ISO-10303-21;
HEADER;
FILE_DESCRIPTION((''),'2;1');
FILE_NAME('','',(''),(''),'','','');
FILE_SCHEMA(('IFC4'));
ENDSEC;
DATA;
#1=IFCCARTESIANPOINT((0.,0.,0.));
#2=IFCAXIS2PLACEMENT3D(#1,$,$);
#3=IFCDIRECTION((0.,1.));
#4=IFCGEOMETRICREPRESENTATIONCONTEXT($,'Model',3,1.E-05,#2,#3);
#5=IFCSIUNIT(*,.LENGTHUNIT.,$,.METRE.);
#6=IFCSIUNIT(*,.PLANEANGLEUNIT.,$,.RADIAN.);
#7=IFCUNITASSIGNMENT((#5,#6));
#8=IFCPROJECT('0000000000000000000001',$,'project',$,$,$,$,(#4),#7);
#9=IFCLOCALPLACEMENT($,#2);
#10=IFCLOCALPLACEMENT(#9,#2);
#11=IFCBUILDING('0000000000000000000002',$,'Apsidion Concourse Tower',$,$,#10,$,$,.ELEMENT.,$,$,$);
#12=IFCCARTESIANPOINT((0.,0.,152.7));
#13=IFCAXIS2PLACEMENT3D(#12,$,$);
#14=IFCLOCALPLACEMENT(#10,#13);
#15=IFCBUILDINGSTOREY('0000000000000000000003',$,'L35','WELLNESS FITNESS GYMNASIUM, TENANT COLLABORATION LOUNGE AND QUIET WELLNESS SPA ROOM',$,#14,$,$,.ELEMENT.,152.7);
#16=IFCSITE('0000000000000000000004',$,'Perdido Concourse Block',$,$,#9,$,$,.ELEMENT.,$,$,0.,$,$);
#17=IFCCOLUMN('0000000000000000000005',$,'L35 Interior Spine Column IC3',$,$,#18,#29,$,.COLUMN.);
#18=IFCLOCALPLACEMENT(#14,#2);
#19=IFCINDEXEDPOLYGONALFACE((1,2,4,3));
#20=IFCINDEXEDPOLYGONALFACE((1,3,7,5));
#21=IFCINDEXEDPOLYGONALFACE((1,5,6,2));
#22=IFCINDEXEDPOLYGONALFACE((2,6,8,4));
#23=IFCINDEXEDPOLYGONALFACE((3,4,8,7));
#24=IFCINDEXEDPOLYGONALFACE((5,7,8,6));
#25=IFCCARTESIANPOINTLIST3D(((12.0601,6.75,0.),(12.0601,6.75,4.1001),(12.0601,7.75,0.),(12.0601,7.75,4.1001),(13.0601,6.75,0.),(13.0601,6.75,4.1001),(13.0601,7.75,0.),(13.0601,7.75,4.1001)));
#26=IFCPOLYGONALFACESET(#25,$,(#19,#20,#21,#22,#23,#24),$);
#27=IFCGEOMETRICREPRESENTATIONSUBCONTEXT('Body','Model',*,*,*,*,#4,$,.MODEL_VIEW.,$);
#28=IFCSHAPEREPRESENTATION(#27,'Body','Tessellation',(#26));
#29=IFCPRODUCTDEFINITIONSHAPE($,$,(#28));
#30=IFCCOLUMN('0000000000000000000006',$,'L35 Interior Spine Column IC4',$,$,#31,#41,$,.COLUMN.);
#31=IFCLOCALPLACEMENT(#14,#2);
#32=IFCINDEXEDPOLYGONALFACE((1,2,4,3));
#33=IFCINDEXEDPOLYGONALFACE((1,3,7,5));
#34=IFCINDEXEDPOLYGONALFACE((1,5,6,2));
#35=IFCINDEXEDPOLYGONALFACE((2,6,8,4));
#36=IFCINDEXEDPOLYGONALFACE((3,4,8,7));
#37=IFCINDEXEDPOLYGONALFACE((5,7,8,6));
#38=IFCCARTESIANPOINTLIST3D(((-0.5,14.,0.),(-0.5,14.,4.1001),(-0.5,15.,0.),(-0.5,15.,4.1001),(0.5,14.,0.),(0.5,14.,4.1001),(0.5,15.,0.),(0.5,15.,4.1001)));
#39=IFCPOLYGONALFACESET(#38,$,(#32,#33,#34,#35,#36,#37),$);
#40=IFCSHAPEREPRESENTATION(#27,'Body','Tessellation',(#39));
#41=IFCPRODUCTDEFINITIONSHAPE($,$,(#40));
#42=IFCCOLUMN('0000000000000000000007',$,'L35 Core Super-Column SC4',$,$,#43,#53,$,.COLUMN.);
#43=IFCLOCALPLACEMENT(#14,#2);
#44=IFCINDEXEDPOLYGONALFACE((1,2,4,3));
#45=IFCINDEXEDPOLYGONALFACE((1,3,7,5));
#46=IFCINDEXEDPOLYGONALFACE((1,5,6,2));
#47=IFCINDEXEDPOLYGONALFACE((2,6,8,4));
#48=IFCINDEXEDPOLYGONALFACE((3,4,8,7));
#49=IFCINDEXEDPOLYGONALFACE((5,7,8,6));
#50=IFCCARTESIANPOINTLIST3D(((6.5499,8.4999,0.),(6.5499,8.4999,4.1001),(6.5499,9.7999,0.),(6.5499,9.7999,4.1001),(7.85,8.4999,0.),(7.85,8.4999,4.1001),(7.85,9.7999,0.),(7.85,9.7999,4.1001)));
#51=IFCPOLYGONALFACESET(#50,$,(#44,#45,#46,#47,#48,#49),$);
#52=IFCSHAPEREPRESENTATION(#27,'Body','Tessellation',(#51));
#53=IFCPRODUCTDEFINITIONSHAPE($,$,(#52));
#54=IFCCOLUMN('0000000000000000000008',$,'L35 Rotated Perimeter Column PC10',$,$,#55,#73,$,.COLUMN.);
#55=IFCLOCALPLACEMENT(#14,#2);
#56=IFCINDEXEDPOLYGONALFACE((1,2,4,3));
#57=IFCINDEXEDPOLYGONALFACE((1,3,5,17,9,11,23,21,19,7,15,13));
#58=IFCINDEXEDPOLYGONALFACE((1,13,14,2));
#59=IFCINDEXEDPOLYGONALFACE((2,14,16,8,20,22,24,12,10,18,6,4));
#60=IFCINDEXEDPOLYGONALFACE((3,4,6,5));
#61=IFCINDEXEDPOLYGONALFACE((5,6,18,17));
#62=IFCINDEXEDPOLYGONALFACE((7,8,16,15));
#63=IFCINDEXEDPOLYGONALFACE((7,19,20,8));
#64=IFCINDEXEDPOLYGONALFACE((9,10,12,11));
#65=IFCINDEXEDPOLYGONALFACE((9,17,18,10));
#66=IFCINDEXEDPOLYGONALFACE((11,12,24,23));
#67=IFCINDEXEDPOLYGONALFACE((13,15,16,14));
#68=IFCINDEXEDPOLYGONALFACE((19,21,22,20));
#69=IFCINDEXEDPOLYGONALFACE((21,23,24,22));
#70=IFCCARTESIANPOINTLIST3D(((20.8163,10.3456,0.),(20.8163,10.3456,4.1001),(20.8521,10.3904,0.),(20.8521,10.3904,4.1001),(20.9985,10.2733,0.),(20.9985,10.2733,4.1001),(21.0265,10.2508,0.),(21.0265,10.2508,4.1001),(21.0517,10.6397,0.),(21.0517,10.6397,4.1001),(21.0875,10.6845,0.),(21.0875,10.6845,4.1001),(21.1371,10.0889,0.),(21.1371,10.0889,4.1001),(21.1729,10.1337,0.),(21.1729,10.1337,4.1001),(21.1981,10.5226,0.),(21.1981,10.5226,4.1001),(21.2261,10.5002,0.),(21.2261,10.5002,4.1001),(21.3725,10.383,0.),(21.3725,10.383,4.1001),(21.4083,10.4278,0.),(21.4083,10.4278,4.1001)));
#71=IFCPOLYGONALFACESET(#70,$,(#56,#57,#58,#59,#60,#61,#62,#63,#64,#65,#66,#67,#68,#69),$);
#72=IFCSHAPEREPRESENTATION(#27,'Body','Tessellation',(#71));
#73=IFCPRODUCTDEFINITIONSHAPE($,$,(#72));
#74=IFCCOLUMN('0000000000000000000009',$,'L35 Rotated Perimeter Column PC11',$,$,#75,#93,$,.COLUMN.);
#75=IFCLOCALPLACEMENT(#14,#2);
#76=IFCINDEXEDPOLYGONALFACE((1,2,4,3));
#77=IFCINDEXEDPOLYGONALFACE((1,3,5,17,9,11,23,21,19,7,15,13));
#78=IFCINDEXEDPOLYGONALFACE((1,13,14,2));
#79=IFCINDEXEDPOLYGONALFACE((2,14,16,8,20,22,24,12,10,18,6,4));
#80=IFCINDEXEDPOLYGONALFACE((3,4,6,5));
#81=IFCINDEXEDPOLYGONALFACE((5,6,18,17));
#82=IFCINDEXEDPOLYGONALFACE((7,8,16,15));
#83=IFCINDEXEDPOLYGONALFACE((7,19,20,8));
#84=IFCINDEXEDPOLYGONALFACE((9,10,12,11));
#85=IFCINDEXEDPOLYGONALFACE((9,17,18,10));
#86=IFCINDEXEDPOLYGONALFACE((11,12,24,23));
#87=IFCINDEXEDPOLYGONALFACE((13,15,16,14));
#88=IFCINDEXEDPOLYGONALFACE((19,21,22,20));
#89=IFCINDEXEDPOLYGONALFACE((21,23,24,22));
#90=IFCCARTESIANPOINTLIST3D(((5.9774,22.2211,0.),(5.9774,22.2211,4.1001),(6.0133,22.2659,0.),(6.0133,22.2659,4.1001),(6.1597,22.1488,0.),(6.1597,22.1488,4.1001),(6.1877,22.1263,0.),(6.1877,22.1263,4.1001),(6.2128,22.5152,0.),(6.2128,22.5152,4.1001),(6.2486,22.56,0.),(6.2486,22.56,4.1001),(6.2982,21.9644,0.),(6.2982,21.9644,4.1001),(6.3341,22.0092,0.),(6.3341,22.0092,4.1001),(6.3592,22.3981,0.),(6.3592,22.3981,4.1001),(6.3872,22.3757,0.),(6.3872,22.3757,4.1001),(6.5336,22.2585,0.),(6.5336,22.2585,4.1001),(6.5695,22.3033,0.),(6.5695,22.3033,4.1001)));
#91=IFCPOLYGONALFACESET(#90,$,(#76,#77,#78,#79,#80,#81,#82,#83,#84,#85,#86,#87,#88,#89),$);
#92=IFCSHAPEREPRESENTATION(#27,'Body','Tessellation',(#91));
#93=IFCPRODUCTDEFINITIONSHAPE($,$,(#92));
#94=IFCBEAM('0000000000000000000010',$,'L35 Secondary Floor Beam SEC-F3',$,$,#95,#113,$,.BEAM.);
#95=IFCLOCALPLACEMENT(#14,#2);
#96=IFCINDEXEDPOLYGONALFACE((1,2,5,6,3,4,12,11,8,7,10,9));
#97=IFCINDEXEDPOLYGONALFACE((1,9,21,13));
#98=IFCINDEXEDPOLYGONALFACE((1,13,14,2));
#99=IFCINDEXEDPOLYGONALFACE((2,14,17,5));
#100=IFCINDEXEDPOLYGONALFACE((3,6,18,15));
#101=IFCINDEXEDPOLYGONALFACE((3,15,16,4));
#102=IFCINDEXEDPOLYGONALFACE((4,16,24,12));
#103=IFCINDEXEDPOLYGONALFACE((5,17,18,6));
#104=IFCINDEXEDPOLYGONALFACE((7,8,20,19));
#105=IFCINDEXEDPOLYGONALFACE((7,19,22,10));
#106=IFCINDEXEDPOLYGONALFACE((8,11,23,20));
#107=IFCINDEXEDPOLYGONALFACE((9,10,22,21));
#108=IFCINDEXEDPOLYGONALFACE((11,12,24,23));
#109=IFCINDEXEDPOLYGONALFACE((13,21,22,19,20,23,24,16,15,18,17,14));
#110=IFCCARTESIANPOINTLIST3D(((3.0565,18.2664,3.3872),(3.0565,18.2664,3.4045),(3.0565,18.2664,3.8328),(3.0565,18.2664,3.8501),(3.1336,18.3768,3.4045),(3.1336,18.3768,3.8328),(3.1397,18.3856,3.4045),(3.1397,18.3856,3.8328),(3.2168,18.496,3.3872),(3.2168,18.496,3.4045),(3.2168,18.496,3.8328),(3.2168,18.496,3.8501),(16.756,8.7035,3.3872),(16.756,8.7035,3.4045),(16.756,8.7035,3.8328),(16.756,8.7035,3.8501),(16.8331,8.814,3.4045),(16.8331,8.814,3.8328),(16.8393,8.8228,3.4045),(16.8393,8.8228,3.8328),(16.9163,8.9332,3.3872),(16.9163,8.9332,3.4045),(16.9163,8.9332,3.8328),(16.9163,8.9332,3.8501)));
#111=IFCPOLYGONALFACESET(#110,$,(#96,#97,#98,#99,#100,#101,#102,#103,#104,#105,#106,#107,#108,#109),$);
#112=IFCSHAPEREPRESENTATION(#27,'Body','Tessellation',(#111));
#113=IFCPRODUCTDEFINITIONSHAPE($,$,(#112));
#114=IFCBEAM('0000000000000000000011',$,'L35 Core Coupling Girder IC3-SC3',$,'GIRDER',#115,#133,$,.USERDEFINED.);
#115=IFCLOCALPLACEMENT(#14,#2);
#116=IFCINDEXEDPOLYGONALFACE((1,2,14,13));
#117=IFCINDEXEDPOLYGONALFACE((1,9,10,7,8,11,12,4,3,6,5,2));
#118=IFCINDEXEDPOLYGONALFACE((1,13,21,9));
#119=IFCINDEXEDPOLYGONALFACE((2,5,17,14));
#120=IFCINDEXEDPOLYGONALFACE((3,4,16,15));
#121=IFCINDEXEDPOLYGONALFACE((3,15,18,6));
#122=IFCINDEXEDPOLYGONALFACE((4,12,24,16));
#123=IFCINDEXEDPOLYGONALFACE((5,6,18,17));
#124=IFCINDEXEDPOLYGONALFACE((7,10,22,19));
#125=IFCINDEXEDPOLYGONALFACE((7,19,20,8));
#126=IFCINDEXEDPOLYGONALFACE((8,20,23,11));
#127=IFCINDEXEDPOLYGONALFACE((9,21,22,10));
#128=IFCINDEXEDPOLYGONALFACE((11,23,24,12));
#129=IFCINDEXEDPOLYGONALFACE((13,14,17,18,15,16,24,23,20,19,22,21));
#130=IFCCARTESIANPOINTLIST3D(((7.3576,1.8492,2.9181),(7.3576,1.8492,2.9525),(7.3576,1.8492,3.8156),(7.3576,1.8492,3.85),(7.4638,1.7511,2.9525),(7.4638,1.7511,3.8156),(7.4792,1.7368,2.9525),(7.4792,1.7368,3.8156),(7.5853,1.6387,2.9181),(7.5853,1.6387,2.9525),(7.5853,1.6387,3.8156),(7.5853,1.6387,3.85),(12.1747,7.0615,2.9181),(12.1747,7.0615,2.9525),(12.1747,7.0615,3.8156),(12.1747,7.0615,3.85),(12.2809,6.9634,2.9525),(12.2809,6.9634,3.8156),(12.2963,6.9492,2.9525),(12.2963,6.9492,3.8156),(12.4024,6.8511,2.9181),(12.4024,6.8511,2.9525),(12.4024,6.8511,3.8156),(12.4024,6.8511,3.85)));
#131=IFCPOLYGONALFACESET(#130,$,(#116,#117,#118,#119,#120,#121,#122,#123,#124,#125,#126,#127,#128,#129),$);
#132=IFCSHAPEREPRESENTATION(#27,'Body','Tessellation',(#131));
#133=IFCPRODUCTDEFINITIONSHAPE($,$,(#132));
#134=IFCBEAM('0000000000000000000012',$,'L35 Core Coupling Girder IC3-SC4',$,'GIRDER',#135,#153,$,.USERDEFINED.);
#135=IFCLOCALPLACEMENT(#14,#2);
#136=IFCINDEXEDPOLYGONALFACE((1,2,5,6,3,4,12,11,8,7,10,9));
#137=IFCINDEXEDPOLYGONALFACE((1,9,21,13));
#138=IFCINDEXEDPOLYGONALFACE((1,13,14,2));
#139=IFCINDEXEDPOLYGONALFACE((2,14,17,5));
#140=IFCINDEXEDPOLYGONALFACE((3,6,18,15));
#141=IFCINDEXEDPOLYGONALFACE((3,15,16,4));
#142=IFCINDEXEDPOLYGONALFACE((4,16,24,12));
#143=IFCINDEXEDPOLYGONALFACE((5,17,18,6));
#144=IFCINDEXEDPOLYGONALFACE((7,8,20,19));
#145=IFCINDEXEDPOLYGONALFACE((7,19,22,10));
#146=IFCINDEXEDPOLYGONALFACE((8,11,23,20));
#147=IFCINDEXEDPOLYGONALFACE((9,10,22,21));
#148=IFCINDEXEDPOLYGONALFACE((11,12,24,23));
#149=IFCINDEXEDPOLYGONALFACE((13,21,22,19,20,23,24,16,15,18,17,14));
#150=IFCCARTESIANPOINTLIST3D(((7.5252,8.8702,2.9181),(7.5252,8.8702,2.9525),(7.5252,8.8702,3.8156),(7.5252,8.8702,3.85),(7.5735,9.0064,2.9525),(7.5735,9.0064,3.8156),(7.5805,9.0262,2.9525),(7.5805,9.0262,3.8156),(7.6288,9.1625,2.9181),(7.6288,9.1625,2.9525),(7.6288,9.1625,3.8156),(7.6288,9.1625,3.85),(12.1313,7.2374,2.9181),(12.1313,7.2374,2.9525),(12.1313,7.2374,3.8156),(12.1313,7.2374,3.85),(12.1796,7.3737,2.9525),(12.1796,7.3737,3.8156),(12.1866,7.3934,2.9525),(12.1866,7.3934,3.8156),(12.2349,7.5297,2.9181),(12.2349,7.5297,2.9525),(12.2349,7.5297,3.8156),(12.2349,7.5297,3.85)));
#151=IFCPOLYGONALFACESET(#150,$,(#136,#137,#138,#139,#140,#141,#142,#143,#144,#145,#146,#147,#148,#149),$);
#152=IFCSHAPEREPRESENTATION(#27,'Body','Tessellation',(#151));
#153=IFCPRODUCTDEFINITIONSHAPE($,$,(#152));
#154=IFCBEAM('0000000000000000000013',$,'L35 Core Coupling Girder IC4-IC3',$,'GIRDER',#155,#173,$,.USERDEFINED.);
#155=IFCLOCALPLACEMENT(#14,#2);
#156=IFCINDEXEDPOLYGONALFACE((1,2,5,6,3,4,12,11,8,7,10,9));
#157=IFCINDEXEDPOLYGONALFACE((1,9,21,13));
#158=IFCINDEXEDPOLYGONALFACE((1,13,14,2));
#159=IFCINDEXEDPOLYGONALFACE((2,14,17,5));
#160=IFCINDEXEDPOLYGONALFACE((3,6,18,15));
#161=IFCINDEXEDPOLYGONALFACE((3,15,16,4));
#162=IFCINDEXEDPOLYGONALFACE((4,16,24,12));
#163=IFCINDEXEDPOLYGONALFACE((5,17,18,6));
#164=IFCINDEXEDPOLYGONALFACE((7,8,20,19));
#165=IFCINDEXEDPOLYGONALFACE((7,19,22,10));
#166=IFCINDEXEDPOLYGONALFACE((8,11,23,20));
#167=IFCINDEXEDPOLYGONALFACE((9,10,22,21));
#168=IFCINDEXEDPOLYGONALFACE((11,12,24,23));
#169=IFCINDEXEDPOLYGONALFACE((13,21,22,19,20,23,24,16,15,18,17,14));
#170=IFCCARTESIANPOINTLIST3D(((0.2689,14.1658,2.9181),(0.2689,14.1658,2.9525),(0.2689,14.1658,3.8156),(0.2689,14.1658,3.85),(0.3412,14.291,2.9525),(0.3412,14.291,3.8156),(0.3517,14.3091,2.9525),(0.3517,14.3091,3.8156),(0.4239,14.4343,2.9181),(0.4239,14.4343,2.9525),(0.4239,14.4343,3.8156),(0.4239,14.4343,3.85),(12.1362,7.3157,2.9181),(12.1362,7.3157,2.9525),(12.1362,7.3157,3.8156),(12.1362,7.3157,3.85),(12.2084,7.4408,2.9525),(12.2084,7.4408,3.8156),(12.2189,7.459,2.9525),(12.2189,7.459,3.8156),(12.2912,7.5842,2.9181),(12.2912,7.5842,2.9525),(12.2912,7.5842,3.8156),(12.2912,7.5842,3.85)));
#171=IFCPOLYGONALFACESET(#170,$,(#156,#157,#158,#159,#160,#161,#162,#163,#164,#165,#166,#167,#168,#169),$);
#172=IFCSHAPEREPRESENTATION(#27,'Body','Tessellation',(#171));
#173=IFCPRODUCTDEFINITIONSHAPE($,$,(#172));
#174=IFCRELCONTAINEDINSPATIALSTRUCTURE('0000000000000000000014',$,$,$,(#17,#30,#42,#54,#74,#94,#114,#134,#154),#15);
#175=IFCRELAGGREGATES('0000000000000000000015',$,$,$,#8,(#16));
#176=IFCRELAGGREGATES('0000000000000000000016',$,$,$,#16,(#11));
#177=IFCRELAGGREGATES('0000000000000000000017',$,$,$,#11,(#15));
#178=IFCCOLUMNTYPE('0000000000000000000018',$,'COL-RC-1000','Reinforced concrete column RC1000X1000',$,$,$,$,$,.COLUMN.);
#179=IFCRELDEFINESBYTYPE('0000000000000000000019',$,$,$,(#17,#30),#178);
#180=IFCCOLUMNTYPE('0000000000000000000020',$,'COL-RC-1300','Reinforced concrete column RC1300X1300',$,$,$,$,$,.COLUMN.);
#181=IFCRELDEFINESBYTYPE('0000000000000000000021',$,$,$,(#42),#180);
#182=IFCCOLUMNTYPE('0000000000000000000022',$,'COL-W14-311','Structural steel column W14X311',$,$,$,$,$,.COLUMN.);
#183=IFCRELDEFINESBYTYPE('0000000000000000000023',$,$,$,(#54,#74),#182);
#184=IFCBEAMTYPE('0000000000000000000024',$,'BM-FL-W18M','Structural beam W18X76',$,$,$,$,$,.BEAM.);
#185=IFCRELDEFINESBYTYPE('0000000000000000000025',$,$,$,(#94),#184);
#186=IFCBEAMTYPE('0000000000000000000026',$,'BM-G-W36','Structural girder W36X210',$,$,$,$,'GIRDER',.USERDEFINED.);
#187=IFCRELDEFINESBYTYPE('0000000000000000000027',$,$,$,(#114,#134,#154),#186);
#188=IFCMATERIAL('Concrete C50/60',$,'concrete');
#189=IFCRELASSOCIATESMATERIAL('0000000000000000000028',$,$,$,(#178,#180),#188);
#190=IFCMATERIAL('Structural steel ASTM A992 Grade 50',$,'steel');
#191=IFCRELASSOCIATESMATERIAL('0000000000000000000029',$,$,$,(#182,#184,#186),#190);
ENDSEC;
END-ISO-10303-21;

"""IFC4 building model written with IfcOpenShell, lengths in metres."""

from ifc_helpers import new_model, si_unit, direction, frame, origin, origin_2d, place, context, subcontext, project, spatial, rectangle, i_section, extrude, material, material_profile, profile_set, type_object, element, save


model = new_model("IFC4")

# Units and contexts
model_context = context("Model", 3, precision=1e-05, world=origin(), true_north=direction((0.0, 1.0)))
body_context = subcontext(model_context, "Body", "Model", "MODEL_VIEW")
ifc_project = project(units=[si_unit("LENGTHUNIT", "METRE"), si_unit("PLANEANGLEUNIT", "RADIAN")], contexts=[model_context])

# Site, building, storey
site_placement = place(None, origin())
site = spatial("IfcSite", under=ifc_project, at=site_placement, Name="Perdido Concourse Block", CompositionType="ELEMENT", RefElevation=0.0)
building_placement = place(site_placement, origin())
building = spatial("IfcBuilding", under=site, at=building_placement, Name="Apsidion Concourse Tower", CompositionType="ELEMENT")
storey_placement = place(building_placement, frame((0.0, 0.0, 152.7)))
storey = spatial("IfcBuildingStorey", under=building, at=storey_placement, Name="L35", Description="WELLNESS FITNESS GYMNASIUM, TENANT COLLABORATION LOUNGE AND QUIET WELLNESS SPA ROOM", CompositionType="ELEMENT", Elevation=152.7)

# Columns
ifc_material_1 = material(Name="Concrete C50/60", Category="concrete")
ifc_material_profile_1 = material_profile(ifc_material_1, rectangle(XDim=1.0, YDim=1.0, at=origin_2d()), Name="RC 1000x1000")
ifc_profile_set_1 = profile_set([ifc_material_profile_1], Name="Concrete C50/60")
column_type_1 = type_object("IfcColumnType", Name="COL-RC-1000", Description="Reinforced concrete column RC1000X1000", PredefinedType="COLUMN", material=ifc_profile_set_1)
for number, where, z_axis, x_axis, name in (
    (1, (12.5601, 7.25, 0.0), (0.0, 0.0, 1.0), (1.0, 0.0, 0.0), "L35 Interior Spine Column IC3"),
    (2, (0.0, 14.5, 0.0), (0.0, 0.0, 1.0), (1.0, 0.0, 0.0), "L35 Interior Spine Column IC4"),
):
    element("IfcColumn", number, at=place(storey_placement, frame(where, z_axis=z_axis, x_axis=x_axis)), inside=storey, type_object=column_type_1, Name=name, PredefinedType="COLUMN", context=body_context, shape_type="SweptSolid", body=[
        extrude(rectangle(XDim=1.0, YDim=1.0, at=origin_2d()), origin(), (0.0, 0.0, 1.0), 4.1001),
    ])
ifc_material_profile_2 = material_profile(ifc_material_1, rectangle(XDim=1.3, YDim=1.3, at=origin_2d()), Name="RC 1300x1300")
ifc_profile_set_2 = profile_set([ifc_material_profile_2], Name="Concrete C50/60")
column_type_2 = type_object("IfcColumnType", Name="COL-RC-1300", Description="Reinforced concrete column RC1300X1300", PredefinedType="COLUMN", material=ifc_profile_set_2)
column_placement = place(storey_placement, frame((7.2, 9.1499, 0.0), z_axis=(0.0, 0.0, 1.0), x_axis=(1.0, 0.0, 0.0)))
element("IfcColumn", 3, at=column_placement, inside=storey, type_object=column_type_2, Name="L35 Core Super-Column SC4", PredefinedType="COLUMN", context=body_context, shape_type="SweptSolid", body=[
    extrude(rectangle(XDim=1.3, YDim=1.3, at=origin_2d()), origin(), (0.0, 0.0, 1.0), 4.1001),
])
ifc_material_2 = material(Name="Structural steel ASTM A992 Grade 50", Category="steel")
ifc_material_profile_3 = material_profile(ifc_material_2, i_section(OverallWidth=0.4109, OverallDepth=0.4341, WebThickness=0.0359, FlangeThickness=0.0574, at=origin_2d()), Name="W14X311")
ifc_profile_set_3 = profile_set([ifc_material_profile_3], Name="Structural steel ASTM A992 Grade 50")
column_type_3 = type_object("IfcColumnType", Name="COL-W14-311", Description="Structural steel column W14X311", PredefinedType="COLUMN", material=ifc_profile_set_3)
for number, where, z_axis, x_axis, name in (
    (4, (21.1123, 10.3867, 0.0), (0.0, 0.0, 1.0), (-0.780758, 0.624834, 0.0), "L35 Rotated Perimeter Column PC10"),
    (5, (6.2734, 22.2622, 0.0), (0.0, 0.0, 1.0), (-0.780758, 0.624834, 0.0), "L35 Rotated Perimeter Column PC11"),
):
    element("IfcColumn", number, at=place(storey_placement, frame(where, z_axis=z_axis, x_axis=x_axis)), inside=storey, type_object=column_type_3, Name=name, PredefinedType="COLUMN", context=body_context, shape_type="SweptSolid", body=[
        extrude(i_section(OverallWidth=0.4109, OverallDepth=0.4341, WebThickness=0.0359, FlangeThickness=0.0574, at=origin_2d()), origin(), (0.0, 0.0, 1.0), 4.1001),
    ])

# Beams
ifc_material_profile_4 = material_profile(ifc_material_2, i_section(OverallWidth=0.28, OverallDepth=0.4629, WebThickness=0.0107, FlangeThickness=0.0173, at=origin_2d()), Name="W18X76")
ifc_profile_set_4 = profile_set([ifc_material_profile_4], Name="Structural steel ASTM A992 Grade 50")
beam_type_1 = type_object("IfcBeamType", Name="BM-FL-W18M", Description="Structural beam W18X76", PredefinedType="BEAM", material=ifc_profile_set_4)
beam_1_placement = place(storey_placement, frame((16.8362, 8.8184, 3.6187), z_axis=(-0.819987, 0.572382, 0.0), x_axis=(-0.572382, -0.819987, 0.0)))
element("IfcBeam", 6, at=beam_1_placement, inside=storey, type_object=beam_type_1, Name="L35 Secondary Floor Beam SEC-F3", PredefinedType="BEAM", context=body_context, shape_type="SweptSolid", body=[
    extrude(i_section(OverallWidth=0.28, OverallDepth=0.4629, WebThickness=0.0107, FlangeThickness=0.0173, at=origin_2d()), origin(), (0.0, 0.0, 1.0), 16.707),
])
ifc_material_profile_5 = material_profile(ifc_material_2, i_section(OverallWidth=0.3101, OverallDepth=0.9319, WebThickness=0.021, FlangeThickness=0.0344, at=origin_2d()), Name="W36X210")
ifc_profile_set_5 = profile_set([ifc_material_profile_5], Name="Structural steel ASTM A992 Grade 50")
beam_type_2 = type_object("IfcBeamType", Name="BM-G-W36", Description="Structural girder W36X210", ElementType="GIRDER", PredefinedType="USERDEFINED", material=ifc_profile_set_5)
beam_2_placement = place(storey_placement, frame((12.2886, 6.9563, 3.384), z_axis=(-0.678713, -0.734404, 0.0), x_axis=(0.734404, -0.678713, 0.0)))
element("IfcBeam", 7, at=beam_2_placement, inside=storey, type_object=beam_type_2, Name="L35 Core Coupling Girder IC3-SC3", ObjectType="GIRDER", PredefinedType="USERDEFINED", context=body_context, shape_type="SweptSolid", body=[
    extrude(i_section(OverallWidth=0.3101, OverallDepth=0.9319, WebThickness=0.021, FlangeThickness=0.0344, at=origin_2d()), origin(), (0.0, 0.0, 1.0), 7.0974),
])
beam_3_placement = place(storey_placement, frame((12.1831, 7.3835, 3.384), z_axis=(-0.942534, 0.334111, 0.0), x_axis=(-0.334111, -0.942534, 0.0)))
element("IfcBeam", 8, at=beam_3_placement, inside=storey, type_object=beam_type_2, Name="L35 Core Coupling Girder IC3-SC4", ObjectType="GIRDER", PredefinedType="USERDEFINED", context=body_context, shape_type="SweptSolid", body=[
    extrude(i_section(OverallWidth=0.3101, OverallDepth=0.9319, WebThickness=0.021, FlangeThickness=0.0344, at=origin_2d()), origin(), (0.0, 0.0, 1.0), 4.887),
])
beam_4_placement = place(storey_placement, frame((0.3464, 14.3, 3.384), z_axis=(0.86607, -0.499922, 0.0), x_axis=(0.499922, 0.86607, 0.0)))
element("IfcBeam", 9, at=beam_4_placement, inside=storey, type_object=beam_type_2, Name="L35 Core Coupling Girder IC4-IC3", ObjectType="GIRDER", PredefinedType="USERDEFINED", context=body_context, shape_type="SweptSolid", body=[
    extrude(i_section(OverallWidth=0.3101, OverallDepth=0.9319, WebThickness=0.021, FlangeThickness=0.0344, at=origin_2d()), origin(), (0.0, 0.0, 1.0), 13.7024),
])

save(model, "model.ifc")
